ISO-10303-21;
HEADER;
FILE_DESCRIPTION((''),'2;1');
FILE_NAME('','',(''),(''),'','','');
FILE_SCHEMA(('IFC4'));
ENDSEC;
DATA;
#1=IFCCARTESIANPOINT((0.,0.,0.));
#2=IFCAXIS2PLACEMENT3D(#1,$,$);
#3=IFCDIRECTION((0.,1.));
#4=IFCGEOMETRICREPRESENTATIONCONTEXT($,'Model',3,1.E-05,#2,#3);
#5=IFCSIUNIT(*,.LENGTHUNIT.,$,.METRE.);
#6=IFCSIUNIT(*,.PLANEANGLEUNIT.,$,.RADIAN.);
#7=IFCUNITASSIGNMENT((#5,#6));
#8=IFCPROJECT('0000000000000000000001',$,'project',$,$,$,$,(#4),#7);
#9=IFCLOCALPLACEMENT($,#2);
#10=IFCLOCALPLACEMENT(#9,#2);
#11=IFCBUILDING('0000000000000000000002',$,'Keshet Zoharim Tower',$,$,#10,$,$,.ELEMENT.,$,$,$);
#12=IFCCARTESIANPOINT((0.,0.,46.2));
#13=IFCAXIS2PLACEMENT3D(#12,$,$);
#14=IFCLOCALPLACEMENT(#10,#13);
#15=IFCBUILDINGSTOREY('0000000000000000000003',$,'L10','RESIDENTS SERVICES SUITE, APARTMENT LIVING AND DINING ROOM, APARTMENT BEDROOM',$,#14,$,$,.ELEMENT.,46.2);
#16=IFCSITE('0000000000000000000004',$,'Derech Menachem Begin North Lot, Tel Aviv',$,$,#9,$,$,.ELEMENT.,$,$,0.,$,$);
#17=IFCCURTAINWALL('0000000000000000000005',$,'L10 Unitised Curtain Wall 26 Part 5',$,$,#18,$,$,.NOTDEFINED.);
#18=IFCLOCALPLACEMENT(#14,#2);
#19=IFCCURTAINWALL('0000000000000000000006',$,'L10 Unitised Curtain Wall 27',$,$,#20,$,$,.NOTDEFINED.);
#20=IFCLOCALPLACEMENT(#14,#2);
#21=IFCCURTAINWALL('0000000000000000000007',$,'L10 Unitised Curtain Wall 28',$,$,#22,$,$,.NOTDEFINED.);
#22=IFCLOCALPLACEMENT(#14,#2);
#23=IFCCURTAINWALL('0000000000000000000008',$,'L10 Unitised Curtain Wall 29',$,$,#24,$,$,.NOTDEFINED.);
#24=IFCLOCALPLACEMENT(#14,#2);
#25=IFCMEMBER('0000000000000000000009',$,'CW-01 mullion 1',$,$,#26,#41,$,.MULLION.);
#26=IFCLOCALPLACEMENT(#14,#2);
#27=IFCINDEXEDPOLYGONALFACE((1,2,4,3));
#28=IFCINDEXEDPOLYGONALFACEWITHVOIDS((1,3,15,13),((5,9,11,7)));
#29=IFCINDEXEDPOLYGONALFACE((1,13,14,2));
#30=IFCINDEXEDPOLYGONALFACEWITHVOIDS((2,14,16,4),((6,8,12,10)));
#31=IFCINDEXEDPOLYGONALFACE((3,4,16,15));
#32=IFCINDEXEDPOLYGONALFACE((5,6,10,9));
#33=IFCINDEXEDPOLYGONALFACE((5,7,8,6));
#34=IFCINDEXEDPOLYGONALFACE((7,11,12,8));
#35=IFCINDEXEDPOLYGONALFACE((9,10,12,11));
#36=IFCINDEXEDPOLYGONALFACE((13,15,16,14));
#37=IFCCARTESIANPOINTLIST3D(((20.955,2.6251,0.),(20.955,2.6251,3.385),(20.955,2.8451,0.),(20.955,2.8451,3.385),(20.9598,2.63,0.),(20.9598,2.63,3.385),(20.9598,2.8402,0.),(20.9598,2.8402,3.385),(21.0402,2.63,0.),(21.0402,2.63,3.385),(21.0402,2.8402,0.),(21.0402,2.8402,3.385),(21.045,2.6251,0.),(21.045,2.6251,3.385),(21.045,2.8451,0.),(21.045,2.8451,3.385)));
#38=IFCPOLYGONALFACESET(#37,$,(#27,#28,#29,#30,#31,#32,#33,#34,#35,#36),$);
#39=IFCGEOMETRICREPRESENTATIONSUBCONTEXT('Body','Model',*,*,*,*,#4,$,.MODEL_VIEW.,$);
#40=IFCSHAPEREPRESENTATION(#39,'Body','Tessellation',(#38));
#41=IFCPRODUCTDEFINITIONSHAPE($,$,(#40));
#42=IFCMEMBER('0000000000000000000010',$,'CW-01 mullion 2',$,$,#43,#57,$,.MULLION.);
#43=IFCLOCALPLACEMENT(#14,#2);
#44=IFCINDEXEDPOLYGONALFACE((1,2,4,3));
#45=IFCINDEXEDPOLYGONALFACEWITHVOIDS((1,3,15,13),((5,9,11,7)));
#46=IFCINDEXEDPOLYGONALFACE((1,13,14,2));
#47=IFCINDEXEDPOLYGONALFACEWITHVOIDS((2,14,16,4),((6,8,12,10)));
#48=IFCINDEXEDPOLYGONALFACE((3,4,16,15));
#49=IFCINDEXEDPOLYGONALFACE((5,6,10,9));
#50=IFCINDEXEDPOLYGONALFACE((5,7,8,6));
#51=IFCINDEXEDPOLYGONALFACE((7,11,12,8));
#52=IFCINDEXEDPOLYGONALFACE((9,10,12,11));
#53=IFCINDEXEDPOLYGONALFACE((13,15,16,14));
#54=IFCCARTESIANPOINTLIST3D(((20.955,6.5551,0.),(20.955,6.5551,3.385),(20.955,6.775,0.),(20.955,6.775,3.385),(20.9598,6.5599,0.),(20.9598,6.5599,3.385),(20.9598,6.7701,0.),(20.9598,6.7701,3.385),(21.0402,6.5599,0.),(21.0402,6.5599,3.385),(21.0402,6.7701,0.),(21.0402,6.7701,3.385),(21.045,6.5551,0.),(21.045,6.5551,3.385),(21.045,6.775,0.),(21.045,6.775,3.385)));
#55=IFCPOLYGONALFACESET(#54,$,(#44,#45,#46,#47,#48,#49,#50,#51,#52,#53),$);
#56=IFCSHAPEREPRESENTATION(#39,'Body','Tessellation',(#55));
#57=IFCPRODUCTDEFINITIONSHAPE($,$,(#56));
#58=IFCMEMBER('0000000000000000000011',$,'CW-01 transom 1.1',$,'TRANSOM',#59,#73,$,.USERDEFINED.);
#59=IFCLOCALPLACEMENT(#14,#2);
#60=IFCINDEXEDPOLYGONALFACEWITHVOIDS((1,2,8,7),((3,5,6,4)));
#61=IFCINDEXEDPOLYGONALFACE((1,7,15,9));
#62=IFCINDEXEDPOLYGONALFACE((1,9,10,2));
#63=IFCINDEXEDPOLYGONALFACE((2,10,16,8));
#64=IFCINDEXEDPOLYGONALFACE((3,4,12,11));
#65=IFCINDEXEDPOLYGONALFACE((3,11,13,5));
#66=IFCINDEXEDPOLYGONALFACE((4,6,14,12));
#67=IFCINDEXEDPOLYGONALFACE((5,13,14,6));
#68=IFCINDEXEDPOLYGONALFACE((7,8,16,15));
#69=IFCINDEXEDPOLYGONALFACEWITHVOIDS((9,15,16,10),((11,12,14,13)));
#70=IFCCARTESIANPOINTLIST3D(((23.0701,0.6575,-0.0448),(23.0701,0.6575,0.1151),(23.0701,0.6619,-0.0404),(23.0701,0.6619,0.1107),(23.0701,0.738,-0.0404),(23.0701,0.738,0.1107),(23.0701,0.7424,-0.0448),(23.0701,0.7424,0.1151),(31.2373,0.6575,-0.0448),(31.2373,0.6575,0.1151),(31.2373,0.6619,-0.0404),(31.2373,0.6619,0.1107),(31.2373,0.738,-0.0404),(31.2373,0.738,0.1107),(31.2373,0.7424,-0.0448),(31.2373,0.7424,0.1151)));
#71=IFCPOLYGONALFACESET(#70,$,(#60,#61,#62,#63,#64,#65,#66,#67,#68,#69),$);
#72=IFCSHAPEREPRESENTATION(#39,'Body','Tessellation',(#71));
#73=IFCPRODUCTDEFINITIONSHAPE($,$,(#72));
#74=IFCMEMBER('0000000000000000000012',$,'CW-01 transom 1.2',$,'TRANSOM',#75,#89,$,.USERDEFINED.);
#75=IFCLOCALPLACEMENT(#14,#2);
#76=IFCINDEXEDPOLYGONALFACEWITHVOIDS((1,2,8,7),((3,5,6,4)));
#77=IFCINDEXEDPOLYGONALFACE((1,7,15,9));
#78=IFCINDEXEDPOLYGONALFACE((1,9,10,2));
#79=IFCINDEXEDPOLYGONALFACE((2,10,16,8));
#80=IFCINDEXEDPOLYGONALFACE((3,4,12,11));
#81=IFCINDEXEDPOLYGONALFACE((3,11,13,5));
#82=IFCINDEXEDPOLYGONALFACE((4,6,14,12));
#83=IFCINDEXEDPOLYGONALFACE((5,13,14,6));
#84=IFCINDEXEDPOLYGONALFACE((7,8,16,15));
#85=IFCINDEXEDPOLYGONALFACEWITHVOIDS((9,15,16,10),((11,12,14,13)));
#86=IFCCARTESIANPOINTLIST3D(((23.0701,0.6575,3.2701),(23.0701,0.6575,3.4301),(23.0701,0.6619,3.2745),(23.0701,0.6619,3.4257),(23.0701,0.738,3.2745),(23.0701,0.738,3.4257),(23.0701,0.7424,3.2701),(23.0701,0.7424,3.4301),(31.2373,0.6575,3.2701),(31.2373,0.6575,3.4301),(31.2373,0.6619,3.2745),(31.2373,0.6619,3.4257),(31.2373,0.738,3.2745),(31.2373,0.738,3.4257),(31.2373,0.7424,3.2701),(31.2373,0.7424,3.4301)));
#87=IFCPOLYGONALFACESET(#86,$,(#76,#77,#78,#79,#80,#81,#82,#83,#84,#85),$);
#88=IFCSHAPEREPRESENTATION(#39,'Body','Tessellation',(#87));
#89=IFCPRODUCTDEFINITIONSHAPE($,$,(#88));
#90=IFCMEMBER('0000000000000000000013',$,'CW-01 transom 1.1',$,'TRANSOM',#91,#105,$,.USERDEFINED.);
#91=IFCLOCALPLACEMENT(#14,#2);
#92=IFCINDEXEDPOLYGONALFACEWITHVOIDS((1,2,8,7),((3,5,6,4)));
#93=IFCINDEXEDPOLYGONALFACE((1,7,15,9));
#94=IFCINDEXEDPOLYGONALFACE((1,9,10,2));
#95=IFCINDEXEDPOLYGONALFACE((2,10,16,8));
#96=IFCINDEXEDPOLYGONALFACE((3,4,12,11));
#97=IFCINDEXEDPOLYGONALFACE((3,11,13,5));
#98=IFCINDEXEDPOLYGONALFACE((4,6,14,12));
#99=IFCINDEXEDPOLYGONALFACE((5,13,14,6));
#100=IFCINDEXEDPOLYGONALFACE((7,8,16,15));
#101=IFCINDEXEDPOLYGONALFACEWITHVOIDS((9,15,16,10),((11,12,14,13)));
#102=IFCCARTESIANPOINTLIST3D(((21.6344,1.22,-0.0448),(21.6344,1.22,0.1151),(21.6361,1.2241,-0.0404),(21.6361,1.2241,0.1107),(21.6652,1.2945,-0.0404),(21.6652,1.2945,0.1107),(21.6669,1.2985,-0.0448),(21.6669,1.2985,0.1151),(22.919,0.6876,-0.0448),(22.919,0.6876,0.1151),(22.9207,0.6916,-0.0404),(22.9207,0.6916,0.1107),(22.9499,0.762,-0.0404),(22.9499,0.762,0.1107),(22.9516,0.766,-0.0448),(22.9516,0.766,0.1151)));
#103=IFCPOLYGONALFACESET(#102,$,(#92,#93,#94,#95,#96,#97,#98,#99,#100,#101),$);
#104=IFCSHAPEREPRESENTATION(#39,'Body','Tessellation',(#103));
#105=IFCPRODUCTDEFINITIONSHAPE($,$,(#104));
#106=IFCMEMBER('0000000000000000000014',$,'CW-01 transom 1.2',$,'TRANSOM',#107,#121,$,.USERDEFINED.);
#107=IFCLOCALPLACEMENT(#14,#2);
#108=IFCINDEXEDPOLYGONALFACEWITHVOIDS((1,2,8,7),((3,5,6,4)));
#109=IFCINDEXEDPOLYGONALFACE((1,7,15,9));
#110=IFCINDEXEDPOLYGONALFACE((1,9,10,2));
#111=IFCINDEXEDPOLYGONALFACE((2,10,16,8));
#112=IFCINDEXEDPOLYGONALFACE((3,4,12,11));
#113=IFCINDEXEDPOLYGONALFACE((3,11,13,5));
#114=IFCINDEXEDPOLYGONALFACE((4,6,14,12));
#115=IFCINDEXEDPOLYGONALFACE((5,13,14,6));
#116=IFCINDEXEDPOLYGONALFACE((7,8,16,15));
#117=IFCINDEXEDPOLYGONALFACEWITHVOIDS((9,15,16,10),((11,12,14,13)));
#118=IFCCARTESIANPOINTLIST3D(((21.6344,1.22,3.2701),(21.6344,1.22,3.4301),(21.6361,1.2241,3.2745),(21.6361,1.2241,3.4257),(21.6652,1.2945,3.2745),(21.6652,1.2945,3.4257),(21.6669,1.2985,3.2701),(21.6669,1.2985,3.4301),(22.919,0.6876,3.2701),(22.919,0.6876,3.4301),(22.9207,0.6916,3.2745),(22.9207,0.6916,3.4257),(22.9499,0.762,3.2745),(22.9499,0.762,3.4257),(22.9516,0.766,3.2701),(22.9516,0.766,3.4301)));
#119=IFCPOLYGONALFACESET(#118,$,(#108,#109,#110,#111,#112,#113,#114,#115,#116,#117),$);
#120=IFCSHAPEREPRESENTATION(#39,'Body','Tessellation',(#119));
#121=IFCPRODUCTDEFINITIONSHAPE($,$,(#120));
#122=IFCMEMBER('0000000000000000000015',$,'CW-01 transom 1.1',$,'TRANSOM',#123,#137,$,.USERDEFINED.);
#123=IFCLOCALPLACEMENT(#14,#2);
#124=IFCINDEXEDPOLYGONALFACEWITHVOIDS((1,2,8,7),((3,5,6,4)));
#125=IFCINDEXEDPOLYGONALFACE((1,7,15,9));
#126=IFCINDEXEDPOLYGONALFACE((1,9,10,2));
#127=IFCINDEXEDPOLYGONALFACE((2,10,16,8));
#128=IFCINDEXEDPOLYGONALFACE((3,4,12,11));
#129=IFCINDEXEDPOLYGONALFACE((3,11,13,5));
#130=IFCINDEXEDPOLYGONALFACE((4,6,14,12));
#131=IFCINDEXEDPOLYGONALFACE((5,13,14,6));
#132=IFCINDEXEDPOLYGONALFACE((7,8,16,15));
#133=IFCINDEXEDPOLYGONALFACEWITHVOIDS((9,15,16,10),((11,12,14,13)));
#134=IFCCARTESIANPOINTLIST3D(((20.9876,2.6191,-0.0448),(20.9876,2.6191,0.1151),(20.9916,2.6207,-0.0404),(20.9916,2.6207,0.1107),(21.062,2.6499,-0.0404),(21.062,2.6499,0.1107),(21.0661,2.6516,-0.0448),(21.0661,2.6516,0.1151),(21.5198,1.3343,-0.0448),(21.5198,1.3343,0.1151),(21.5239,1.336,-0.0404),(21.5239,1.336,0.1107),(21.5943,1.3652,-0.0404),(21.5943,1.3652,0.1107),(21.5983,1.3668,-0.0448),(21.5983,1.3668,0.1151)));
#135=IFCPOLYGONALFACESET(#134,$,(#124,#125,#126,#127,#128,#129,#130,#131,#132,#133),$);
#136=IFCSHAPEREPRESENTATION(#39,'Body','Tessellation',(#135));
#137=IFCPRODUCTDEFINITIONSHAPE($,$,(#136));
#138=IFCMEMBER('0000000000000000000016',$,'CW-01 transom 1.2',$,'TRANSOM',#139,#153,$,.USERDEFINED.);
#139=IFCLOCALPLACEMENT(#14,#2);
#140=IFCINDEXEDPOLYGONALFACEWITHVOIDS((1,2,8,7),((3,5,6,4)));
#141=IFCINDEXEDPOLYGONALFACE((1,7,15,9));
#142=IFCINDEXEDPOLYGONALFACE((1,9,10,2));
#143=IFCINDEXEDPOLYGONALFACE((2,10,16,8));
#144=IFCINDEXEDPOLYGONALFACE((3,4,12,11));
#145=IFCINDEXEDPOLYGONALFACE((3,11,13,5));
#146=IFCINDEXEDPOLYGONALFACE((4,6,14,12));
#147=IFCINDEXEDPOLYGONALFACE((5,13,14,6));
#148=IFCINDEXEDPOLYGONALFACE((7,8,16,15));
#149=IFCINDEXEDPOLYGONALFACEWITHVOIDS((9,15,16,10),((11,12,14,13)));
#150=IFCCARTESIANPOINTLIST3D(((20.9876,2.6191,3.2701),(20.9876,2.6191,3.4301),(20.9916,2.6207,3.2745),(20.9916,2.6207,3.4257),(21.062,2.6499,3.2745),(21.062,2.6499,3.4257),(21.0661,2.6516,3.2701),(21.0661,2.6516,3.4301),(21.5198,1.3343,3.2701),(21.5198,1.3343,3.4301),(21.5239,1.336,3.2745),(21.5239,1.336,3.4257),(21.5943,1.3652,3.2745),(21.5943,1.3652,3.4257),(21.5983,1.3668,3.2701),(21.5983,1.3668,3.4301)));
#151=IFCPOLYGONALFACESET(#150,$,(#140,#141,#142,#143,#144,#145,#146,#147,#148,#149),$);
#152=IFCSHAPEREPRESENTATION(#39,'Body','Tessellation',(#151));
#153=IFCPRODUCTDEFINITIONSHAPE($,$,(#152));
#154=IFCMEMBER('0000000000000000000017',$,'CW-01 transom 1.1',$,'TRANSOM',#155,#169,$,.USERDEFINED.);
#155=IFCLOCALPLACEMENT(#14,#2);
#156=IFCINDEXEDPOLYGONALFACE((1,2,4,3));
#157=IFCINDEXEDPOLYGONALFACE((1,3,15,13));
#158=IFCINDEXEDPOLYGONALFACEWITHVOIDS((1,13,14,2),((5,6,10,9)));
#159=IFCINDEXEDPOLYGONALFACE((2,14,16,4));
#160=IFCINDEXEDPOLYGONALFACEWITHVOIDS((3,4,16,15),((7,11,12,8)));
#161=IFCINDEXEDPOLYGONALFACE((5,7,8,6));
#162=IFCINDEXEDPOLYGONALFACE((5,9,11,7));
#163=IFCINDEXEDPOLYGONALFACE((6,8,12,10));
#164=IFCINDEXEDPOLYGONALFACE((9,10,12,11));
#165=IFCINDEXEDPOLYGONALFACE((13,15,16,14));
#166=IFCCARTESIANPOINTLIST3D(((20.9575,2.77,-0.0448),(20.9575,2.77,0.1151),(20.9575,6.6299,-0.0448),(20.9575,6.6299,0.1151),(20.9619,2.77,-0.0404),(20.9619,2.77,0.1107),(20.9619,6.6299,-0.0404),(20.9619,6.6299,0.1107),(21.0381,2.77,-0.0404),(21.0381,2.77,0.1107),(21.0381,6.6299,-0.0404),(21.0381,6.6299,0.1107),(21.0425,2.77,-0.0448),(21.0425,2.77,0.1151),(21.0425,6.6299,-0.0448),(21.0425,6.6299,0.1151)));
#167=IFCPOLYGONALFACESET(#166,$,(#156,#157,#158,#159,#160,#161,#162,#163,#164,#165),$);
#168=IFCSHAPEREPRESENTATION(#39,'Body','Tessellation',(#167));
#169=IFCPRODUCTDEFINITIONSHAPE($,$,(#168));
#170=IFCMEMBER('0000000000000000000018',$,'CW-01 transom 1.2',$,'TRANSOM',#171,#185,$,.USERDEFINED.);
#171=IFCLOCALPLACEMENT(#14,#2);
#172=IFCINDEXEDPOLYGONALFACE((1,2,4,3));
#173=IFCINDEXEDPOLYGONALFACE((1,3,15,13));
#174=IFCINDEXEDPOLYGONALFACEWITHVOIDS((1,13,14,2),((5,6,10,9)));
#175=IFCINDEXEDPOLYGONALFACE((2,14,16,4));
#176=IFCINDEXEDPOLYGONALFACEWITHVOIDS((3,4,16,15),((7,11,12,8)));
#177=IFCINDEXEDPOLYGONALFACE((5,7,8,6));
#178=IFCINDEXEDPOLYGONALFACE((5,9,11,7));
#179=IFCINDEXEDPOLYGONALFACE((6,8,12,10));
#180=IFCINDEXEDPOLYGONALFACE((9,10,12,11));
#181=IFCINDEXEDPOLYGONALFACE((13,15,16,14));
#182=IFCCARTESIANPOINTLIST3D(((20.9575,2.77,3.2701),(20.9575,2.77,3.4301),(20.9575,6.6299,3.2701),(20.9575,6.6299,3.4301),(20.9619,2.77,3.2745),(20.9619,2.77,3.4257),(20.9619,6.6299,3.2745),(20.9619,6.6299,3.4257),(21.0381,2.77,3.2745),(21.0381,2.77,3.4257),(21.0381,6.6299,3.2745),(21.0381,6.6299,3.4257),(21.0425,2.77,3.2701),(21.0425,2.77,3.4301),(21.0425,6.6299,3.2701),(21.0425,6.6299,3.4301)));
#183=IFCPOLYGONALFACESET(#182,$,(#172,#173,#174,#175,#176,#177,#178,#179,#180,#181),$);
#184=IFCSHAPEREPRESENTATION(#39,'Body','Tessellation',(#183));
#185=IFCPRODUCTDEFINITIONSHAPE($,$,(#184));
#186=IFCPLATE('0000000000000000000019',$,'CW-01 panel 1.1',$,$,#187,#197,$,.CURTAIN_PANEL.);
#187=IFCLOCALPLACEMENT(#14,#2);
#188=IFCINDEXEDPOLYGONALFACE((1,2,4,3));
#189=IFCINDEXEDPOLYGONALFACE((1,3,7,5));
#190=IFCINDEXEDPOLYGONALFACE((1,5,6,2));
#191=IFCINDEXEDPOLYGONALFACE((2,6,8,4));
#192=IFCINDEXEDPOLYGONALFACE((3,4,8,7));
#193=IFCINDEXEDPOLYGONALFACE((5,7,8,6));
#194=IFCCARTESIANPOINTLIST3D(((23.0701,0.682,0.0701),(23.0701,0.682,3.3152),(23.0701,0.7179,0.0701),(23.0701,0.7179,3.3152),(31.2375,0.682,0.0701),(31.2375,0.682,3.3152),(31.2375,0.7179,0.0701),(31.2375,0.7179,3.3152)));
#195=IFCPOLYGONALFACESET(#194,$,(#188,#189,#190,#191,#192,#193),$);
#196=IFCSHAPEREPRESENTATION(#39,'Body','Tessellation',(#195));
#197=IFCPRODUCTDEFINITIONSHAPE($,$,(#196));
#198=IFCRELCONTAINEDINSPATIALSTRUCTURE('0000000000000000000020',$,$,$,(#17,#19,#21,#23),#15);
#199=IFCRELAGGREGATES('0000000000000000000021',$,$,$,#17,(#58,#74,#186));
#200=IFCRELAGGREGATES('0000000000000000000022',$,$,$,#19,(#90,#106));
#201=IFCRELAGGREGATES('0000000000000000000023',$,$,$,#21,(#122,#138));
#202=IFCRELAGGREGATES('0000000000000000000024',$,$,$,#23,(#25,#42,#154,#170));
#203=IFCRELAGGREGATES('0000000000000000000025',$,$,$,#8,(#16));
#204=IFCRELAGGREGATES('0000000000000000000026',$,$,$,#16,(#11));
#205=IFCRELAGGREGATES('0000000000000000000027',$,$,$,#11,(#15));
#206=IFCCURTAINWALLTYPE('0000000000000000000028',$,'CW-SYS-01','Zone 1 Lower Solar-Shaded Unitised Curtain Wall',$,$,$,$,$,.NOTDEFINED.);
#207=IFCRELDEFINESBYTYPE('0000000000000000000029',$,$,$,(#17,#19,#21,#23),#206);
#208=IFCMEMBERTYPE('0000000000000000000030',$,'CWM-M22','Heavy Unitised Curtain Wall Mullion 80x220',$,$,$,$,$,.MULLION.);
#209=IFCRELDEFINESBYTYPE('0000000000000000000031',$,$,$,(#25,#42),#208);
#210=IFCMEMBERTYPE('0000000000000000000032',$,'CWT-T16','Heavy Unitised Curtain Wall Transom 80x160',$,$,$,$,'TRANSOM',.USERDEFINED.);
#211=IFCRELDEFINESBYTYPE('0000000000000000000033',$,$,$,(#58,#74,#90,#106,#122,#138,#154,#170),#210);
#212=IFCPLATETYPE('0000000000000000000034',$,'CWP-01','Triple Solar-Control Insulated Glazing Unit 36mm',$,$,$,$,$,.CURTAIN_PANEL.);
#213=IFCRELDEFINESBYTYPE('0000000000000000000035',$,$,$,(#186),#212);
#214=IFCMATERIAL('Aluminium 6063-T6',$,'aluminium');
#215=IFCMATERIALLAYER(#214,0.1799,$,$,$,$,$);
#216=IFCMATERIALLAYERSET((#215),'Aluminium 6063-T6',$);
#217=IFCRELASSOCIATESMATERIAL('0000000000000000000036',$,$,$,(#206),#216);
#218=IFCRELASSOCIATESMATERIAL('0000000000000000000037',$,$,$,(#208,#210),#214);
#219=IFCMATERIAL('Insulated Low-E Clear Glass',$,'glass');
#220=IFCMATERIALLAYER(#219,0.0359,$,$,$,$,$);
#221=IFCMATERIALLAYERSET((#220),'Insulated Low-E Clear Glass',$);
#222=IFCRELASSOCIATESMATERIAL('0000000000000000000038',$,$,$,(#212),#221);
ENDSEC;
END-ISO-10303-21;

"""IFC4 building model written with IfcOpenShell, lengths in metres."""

from ifc_helpers import new_model, si_unit, direction, frame, origin, origin_2d, place, context, subcontext, project, spatial, rectangle, hollow_rectangle, extrude, material, layer, layer_set, material_profile, profile_set, type_object, element, aggregate, save


model = new_model("IFC4")

# Units and contexts
model_context = context("Model", 3, precision=1e-05, world=origin(), true_north=direction((0.0, 1.0)))
body_context = subcontext(model_context, "Body", "Model", "MODEL_VIEW")
ifc_project = project(units=[si_unit("LENGTHUNIT", "METRE"), si_unit("PLANEANGLEUNIT", "RADIAN")], contexts=[model_context])

# Site, building, storey
site_placement = place(None, origin())
site = spatial("IfcSite", under=ifc_project, at=site_placement, Name="Derech Menachem Begin North Lot, Tel Aviv", CompositionType="ELEMENT", RefElevation=0.0)
building_placement = place(site_placement, origin())
building = spatial("IfcBuilding", under=site, at=building_placement, Name="Keshet Zoharim Tower", CompositionType="ELEMENT")
storey_placement = place(building_placement, frame((0.0, 0.0, 46.2)))
storey = spatial("IfcBuildingStorey", under=building, at=storey_placement, Name="L10", Description="RESIDENTS SERVICES SUITE, APARTMENT LIVING AND DINING ROOM, APARTMENT BEDROOM", CompositionType="ELEMENT", Elevation=46.2)

# Curtain wall
ifc_material_1 = material(Name="Aluminium 6063-T6", Category="aluminium")
ifc_layer_1 = layer(ifc_material_1, 0.1799)
ifc_layer_set_1 = layer_set([ifc_layer_1], Name="Aluminium 6063-T6")
curtain_wall_type = type_object("IfcCurtainWallType", Name="CW-SYS-01", Description="Zone 1 Lower Solar-Shaded Unitised Curtain Wall", PredefinedType="NOTDEFINED", material=ifc_layer_set_1)
ifc_material_profile_1 = material_profile(ifc_material_1, hollow_rectangle(XDim=0.0901, YDim=0.22, WallThickness=0.0049, at=origin_2d()), Name="MUL-90x220")
ifc_profile_set_1 = profile_set([ifc_material_profile_1], Name="Aluminium 6063-T6")
member_type_1 = type_object("IfcMemberType", Name="CWM-M22", Description="Heavy Unitised Curtain Wall Mullion 80x220", PredefinedType="MULLION", material=ifc_profile_set_1)
curtain_wall_1_placement = place(storey_placement, origin())
curtain_wall_1 = element("IfcCurtainWall", 1, at=curtain_wall_1_placement, inside=storey, type_object=curtain_wall_type, Name="L10 Unitised Curtain Wall 26 Part 5", PredefinedType="NOTDEFINED")

# Curtain walls, members
curtain_wall_2_placement = place(storey_placement, origin())
curtain_wall_2 = element("IfcCurtainWall", 2, at=curtain_wall_2_placement, inside=storey, type_object=curtain_wall_type, Name="L10 Unitised Curtain Wall 27", PredefinedType="NOTDEFINED")
curtain_wall_3_placement = place(storey_placement, origin())
curtain_wall_3 = element("IfcCurtainWall", 3, at=curtain_wall_3_placement, inside=storey, type_object=curtain_wall_type, Name="L10 Unitised Curtain Wall 28", PredefinedType="NOTDEFINED")
curtain_wall_4_placement = place(storey_placement, origin())
curtain_wall_4 = element("IfcCurtainWall", 4, at=curtain_wall_4_placement, inside=storey, type_object=curtain_wall_type, Name="L10 Unitised Curtain Wall 29", PredefinedType="NOTDEFINED")
member_1_placement = place(storey_placement, frame((21.0, 2.7351, 0.0), z_axis=(0.0, 0.0, 1.0), x_axis=(-1.0, 0.0, 0.0)))
member_1 = element("IfcMember", 5, at=member_1_placement, type_object=member_type_1, Name="CW-01 mullion 1", PredefinedType="MULLION", context=body_context, shape_type="SweptSolid", body=[
    extrude(hollow_rectangle(XDim=0.0901, YDim=0.22, WallThickness=0.0049, at=origin_2d()), origin(), (0.0, 0.0, 1.0), 3.385),
])
member_2_placement = place(storey_placement, frame((21.0, 6.665, 0.0), z_axis=(0.0, 0.0, 1.0), x_axis=(-1.0, 0.0, 0.0)))
member_2 = element("IfcMember", 6, at=member_2_placement, type_object=member_type_1, Name="CW-01 mullion 2", PredefinedType="MULLION", context=body_context, shape_type="SweptSolid", body=[
    extrude(hollow_rectangle(XDim=0.0901, YDim=0.22, WallThickness=0.0049, at=origin_2d()), origin(), (0.0, 0.0, 1.0), 3.385),
])

# Members
ifc_material_profile_2 = material_profile(ifc_material_1, hollow_rectangle(XDim=0.085, YDim=0.1599, WallThickness=0.0044, at=origin_2d()), Name="TRN-85x160")
ifc_profile_set_2 = profile_set([ifc_material_profile_2], Name="Aluminium 6063-T6")
member_type_2 = type_object("IfcMemberType", Name="CWT-T16", Description="Heavy Unitised Curtain Wall Transom 80x160", ElementType="TRANSOM", PredefinedType="USERDEFINED", material=ifc_profile_set_2)
member_3_placement = place(storey_placement, frame((31.2373, 0.7, 0.0352), z_axis=(-1.0, 0.0, 0.0), x_axis=(0.0, -1.0, 0.0)))
member_3 = element("IfcMember", 7, at=member_3_placement, type_object=member_type_2, Name="CW-01 transom 1.1", ObjectType="TRANSOM", PredefinedType="USERDEFINED", context=body_context, shape_type="SweptSolid", body=[
    extrude(hollow_rectangle(XDim=0.085, YDim=0.1599, WallThickness=0.0044, at=origin_2d()), origin(), (0.0, 0.0, 1.0), 8.1672),
])
member_4_placement = place(storey_placement, frame((31.2373, 0.7, 3.3501), z_axis=(-1.0, 0.0, 0.0), x_axis=(0.0, -1.0, 0.0)))
member_4 = element("IfcMember", 8, at=member_4_placement, type_object=member_type_2, Name="CW-01 transom 1.2", ObjectType="TRANSOM", PredefinedType="USERDEFINED", context=body_context, shape_type="SweptSolid", body=[
    extrude(hollow_rectangle(XDim=0.085, YDim=0.1599, WallThickness=0.0044, at=origin_2d()), origin(), (0.0, 0.0, 1.0), 8.1672),
])
member_5_placement = place(storey_placement, frame((22.9353, 0.7268, 0.0352), z_axis=(-0.923792, 0.382894, 0.0), x_axis=(-0.382894, -0.923792, 0.0)))
member_5 = element("IfcMember", 9, at=member_5_placement, type_object=member_type_2, Name="CW-01 transom 1.1", ObjectType="TRANSOM", PredefinedType="USERDEFINED", context=body_context, shape_type="SweptSolid", body=[
    extrude(hollow_rectangle(XDim=0.085, YDim=0.1599, WallThickness=0.0044, at=origin_2d()), origin(), (0.0, 0.0, 1.0), 1.3906),
])
member_6_placement = place(storey_placement, frame((22.9353, 0.7268, 3.3501), z_axis=(-0.923792, 0.382894, 0.0), x_axis=(-0.382894, -0.923792, 0.0)))
member_6 = element("IfcMember", 10, at=member_6_placement, type_object=member_type_2, Name="CW-01 transom 1.2", ObjectType="TRANSOM", PredefinedType="USERDEFINED", context=body_context, shape_type="SweptSolid", body=[
    extrude(hollow_rectangle(XDim=0.085, YDim=0.1599, WallThickness=0.0044, at=origin_2d()), origin(), (0.0, 0.0, 1.0), 1.3906),
])
member_7_placement = place(storey_placement, frame((21.5591, 1.3506, 0.0352), z_axis=(-0.382745, 0.923854, 0.0), x_axis=(-0.923854, -0.382745, 0.0)))
member_7 = element("IfcMember", 11, at=member_7_placement, type_object=member_type_2, Name="CW-01 transom 1.1", ObjectType="TRANSOM", PredefinedType="USERDEFINED", context=body_context, shape_type="SweptSolid", body=[
    extrude(hollow_rectangle(XDim=0.085, YDim=0.1599, WallThickness=0.0044, at=origin_2d()), origin(), (0.0, 0.0, 1.0), 1.3906),
])
member_8_placement = place(storey_placement, frame((21.5591, 1.3506, 3.3501), z_axis=(-0.382745, 0.923854, 0.0), x_axis=(-0.923854, -0.382745, 0.0)))
member_8 = element("IfcMember", 12, at=member_8_placement, type_object=member_type_2, Name="CW-01 transom 1.2", ObjectType="TRANSOM", PredefinedType="USERDEFINED", context=body_context, shape_type="SweptSolid", body=[
    extrude(hollow_rectangle(XDim=0.085, YDim=0.1599, WallThickness=0.0044, at=origin_2d()), origin(), (0.0, 0.0, 1.0), 1.3906),
])
member_9_placement = place(storey_placement, frame((21.0, 2.77, 0.0352), z_axis=(0.0, 1.0, 0.0), x_axis=(-1.0, 0.0, 0.0)))
member_9 = element("IfcMember", 13, at=member_9_placement, type_object=member_type_2, Name="CW-01 transom 1.1", ObjectType="TRANSOM", PredefinedType="USERDEFINED", context=body_context, shape_type="SweptSolid", body=[
    extrude(hollow_rectangle(XDim=0.085, YDim=0.1599, WallThickness=0.0044, at=origin_2d()), origin(), (0.0, 0.0, 1.0), 3.8599),
])
member_10_placement = place(storey_placement, frame((21.0, 2.77, 3.3501), z_axis=(0.0, 1.0, 0.0), x_axis=(-1.0, 0.0, 0.0)))
member_10 = element("IfcMember", 14, at=member_10_placement, type_object=member_type_2, Name="CW-01 transom 1.2", ObjectType="TRANSOM", PredefinedType="USERDEFINED", context=body_context, shape_type="SweptSolid", body=[
    extrude(hollow_rectangle(XDim=0.085, YDim=0.1599, WallThickness=0.0044, at=origin_2d()), origin(), (0.0, 0.0, 1.0), 3.8599),
])

# Plate
ifc_material_2 = material(Name="Insulated Low-E Clear Glass", Category="glass")
ifc_layer_2 = layer(ifc_material_2, 0.0359)
ifc_layer_set_2 = layer_set([ifc_layer_2], Name="Insulated Low-E Clear Glass")
plate_type_1 = type_object("IfcPlateType", Name="CWP-01", Description="Triple Solar-Control Insulated Glazing Unit 36mm", PredefinedType="CURTAIN_PANEL", material=ifc_layer_set_2)
plate_1_placement = place(storey_placement, frame((27.1538, 0.7, 0.0701), z_axis=(0.0, 0.0, 1.0), x_axis=(-1.0, 0.0, 0.0)))
plate_1 = element("IfcPlate", 15, at=plate_1_placement, type_object=plate_type_1, Name="CW-01 panel 1.1", PredefinedType="CURTAIN_PANEL", context=body_context, shape_type="SweptSolid", body=[
    extrude(rectangle(XDim=8.1675, YDim=0.0359, at=origin_2d()), origin(), (0.0, 0.0, 1.0), 3.2451),
])
aggregate(curtain_wall_1, [member_3, member_4, plate_1])
aggregate(curtain_wall_2, [member_5, member_6])
aggregate(curtain_wall_3, [member_7, member_8])
aggregate(curtain_wall_4, [member_1, member_2, member_9, member_10])

save(model, "model.ifc")
